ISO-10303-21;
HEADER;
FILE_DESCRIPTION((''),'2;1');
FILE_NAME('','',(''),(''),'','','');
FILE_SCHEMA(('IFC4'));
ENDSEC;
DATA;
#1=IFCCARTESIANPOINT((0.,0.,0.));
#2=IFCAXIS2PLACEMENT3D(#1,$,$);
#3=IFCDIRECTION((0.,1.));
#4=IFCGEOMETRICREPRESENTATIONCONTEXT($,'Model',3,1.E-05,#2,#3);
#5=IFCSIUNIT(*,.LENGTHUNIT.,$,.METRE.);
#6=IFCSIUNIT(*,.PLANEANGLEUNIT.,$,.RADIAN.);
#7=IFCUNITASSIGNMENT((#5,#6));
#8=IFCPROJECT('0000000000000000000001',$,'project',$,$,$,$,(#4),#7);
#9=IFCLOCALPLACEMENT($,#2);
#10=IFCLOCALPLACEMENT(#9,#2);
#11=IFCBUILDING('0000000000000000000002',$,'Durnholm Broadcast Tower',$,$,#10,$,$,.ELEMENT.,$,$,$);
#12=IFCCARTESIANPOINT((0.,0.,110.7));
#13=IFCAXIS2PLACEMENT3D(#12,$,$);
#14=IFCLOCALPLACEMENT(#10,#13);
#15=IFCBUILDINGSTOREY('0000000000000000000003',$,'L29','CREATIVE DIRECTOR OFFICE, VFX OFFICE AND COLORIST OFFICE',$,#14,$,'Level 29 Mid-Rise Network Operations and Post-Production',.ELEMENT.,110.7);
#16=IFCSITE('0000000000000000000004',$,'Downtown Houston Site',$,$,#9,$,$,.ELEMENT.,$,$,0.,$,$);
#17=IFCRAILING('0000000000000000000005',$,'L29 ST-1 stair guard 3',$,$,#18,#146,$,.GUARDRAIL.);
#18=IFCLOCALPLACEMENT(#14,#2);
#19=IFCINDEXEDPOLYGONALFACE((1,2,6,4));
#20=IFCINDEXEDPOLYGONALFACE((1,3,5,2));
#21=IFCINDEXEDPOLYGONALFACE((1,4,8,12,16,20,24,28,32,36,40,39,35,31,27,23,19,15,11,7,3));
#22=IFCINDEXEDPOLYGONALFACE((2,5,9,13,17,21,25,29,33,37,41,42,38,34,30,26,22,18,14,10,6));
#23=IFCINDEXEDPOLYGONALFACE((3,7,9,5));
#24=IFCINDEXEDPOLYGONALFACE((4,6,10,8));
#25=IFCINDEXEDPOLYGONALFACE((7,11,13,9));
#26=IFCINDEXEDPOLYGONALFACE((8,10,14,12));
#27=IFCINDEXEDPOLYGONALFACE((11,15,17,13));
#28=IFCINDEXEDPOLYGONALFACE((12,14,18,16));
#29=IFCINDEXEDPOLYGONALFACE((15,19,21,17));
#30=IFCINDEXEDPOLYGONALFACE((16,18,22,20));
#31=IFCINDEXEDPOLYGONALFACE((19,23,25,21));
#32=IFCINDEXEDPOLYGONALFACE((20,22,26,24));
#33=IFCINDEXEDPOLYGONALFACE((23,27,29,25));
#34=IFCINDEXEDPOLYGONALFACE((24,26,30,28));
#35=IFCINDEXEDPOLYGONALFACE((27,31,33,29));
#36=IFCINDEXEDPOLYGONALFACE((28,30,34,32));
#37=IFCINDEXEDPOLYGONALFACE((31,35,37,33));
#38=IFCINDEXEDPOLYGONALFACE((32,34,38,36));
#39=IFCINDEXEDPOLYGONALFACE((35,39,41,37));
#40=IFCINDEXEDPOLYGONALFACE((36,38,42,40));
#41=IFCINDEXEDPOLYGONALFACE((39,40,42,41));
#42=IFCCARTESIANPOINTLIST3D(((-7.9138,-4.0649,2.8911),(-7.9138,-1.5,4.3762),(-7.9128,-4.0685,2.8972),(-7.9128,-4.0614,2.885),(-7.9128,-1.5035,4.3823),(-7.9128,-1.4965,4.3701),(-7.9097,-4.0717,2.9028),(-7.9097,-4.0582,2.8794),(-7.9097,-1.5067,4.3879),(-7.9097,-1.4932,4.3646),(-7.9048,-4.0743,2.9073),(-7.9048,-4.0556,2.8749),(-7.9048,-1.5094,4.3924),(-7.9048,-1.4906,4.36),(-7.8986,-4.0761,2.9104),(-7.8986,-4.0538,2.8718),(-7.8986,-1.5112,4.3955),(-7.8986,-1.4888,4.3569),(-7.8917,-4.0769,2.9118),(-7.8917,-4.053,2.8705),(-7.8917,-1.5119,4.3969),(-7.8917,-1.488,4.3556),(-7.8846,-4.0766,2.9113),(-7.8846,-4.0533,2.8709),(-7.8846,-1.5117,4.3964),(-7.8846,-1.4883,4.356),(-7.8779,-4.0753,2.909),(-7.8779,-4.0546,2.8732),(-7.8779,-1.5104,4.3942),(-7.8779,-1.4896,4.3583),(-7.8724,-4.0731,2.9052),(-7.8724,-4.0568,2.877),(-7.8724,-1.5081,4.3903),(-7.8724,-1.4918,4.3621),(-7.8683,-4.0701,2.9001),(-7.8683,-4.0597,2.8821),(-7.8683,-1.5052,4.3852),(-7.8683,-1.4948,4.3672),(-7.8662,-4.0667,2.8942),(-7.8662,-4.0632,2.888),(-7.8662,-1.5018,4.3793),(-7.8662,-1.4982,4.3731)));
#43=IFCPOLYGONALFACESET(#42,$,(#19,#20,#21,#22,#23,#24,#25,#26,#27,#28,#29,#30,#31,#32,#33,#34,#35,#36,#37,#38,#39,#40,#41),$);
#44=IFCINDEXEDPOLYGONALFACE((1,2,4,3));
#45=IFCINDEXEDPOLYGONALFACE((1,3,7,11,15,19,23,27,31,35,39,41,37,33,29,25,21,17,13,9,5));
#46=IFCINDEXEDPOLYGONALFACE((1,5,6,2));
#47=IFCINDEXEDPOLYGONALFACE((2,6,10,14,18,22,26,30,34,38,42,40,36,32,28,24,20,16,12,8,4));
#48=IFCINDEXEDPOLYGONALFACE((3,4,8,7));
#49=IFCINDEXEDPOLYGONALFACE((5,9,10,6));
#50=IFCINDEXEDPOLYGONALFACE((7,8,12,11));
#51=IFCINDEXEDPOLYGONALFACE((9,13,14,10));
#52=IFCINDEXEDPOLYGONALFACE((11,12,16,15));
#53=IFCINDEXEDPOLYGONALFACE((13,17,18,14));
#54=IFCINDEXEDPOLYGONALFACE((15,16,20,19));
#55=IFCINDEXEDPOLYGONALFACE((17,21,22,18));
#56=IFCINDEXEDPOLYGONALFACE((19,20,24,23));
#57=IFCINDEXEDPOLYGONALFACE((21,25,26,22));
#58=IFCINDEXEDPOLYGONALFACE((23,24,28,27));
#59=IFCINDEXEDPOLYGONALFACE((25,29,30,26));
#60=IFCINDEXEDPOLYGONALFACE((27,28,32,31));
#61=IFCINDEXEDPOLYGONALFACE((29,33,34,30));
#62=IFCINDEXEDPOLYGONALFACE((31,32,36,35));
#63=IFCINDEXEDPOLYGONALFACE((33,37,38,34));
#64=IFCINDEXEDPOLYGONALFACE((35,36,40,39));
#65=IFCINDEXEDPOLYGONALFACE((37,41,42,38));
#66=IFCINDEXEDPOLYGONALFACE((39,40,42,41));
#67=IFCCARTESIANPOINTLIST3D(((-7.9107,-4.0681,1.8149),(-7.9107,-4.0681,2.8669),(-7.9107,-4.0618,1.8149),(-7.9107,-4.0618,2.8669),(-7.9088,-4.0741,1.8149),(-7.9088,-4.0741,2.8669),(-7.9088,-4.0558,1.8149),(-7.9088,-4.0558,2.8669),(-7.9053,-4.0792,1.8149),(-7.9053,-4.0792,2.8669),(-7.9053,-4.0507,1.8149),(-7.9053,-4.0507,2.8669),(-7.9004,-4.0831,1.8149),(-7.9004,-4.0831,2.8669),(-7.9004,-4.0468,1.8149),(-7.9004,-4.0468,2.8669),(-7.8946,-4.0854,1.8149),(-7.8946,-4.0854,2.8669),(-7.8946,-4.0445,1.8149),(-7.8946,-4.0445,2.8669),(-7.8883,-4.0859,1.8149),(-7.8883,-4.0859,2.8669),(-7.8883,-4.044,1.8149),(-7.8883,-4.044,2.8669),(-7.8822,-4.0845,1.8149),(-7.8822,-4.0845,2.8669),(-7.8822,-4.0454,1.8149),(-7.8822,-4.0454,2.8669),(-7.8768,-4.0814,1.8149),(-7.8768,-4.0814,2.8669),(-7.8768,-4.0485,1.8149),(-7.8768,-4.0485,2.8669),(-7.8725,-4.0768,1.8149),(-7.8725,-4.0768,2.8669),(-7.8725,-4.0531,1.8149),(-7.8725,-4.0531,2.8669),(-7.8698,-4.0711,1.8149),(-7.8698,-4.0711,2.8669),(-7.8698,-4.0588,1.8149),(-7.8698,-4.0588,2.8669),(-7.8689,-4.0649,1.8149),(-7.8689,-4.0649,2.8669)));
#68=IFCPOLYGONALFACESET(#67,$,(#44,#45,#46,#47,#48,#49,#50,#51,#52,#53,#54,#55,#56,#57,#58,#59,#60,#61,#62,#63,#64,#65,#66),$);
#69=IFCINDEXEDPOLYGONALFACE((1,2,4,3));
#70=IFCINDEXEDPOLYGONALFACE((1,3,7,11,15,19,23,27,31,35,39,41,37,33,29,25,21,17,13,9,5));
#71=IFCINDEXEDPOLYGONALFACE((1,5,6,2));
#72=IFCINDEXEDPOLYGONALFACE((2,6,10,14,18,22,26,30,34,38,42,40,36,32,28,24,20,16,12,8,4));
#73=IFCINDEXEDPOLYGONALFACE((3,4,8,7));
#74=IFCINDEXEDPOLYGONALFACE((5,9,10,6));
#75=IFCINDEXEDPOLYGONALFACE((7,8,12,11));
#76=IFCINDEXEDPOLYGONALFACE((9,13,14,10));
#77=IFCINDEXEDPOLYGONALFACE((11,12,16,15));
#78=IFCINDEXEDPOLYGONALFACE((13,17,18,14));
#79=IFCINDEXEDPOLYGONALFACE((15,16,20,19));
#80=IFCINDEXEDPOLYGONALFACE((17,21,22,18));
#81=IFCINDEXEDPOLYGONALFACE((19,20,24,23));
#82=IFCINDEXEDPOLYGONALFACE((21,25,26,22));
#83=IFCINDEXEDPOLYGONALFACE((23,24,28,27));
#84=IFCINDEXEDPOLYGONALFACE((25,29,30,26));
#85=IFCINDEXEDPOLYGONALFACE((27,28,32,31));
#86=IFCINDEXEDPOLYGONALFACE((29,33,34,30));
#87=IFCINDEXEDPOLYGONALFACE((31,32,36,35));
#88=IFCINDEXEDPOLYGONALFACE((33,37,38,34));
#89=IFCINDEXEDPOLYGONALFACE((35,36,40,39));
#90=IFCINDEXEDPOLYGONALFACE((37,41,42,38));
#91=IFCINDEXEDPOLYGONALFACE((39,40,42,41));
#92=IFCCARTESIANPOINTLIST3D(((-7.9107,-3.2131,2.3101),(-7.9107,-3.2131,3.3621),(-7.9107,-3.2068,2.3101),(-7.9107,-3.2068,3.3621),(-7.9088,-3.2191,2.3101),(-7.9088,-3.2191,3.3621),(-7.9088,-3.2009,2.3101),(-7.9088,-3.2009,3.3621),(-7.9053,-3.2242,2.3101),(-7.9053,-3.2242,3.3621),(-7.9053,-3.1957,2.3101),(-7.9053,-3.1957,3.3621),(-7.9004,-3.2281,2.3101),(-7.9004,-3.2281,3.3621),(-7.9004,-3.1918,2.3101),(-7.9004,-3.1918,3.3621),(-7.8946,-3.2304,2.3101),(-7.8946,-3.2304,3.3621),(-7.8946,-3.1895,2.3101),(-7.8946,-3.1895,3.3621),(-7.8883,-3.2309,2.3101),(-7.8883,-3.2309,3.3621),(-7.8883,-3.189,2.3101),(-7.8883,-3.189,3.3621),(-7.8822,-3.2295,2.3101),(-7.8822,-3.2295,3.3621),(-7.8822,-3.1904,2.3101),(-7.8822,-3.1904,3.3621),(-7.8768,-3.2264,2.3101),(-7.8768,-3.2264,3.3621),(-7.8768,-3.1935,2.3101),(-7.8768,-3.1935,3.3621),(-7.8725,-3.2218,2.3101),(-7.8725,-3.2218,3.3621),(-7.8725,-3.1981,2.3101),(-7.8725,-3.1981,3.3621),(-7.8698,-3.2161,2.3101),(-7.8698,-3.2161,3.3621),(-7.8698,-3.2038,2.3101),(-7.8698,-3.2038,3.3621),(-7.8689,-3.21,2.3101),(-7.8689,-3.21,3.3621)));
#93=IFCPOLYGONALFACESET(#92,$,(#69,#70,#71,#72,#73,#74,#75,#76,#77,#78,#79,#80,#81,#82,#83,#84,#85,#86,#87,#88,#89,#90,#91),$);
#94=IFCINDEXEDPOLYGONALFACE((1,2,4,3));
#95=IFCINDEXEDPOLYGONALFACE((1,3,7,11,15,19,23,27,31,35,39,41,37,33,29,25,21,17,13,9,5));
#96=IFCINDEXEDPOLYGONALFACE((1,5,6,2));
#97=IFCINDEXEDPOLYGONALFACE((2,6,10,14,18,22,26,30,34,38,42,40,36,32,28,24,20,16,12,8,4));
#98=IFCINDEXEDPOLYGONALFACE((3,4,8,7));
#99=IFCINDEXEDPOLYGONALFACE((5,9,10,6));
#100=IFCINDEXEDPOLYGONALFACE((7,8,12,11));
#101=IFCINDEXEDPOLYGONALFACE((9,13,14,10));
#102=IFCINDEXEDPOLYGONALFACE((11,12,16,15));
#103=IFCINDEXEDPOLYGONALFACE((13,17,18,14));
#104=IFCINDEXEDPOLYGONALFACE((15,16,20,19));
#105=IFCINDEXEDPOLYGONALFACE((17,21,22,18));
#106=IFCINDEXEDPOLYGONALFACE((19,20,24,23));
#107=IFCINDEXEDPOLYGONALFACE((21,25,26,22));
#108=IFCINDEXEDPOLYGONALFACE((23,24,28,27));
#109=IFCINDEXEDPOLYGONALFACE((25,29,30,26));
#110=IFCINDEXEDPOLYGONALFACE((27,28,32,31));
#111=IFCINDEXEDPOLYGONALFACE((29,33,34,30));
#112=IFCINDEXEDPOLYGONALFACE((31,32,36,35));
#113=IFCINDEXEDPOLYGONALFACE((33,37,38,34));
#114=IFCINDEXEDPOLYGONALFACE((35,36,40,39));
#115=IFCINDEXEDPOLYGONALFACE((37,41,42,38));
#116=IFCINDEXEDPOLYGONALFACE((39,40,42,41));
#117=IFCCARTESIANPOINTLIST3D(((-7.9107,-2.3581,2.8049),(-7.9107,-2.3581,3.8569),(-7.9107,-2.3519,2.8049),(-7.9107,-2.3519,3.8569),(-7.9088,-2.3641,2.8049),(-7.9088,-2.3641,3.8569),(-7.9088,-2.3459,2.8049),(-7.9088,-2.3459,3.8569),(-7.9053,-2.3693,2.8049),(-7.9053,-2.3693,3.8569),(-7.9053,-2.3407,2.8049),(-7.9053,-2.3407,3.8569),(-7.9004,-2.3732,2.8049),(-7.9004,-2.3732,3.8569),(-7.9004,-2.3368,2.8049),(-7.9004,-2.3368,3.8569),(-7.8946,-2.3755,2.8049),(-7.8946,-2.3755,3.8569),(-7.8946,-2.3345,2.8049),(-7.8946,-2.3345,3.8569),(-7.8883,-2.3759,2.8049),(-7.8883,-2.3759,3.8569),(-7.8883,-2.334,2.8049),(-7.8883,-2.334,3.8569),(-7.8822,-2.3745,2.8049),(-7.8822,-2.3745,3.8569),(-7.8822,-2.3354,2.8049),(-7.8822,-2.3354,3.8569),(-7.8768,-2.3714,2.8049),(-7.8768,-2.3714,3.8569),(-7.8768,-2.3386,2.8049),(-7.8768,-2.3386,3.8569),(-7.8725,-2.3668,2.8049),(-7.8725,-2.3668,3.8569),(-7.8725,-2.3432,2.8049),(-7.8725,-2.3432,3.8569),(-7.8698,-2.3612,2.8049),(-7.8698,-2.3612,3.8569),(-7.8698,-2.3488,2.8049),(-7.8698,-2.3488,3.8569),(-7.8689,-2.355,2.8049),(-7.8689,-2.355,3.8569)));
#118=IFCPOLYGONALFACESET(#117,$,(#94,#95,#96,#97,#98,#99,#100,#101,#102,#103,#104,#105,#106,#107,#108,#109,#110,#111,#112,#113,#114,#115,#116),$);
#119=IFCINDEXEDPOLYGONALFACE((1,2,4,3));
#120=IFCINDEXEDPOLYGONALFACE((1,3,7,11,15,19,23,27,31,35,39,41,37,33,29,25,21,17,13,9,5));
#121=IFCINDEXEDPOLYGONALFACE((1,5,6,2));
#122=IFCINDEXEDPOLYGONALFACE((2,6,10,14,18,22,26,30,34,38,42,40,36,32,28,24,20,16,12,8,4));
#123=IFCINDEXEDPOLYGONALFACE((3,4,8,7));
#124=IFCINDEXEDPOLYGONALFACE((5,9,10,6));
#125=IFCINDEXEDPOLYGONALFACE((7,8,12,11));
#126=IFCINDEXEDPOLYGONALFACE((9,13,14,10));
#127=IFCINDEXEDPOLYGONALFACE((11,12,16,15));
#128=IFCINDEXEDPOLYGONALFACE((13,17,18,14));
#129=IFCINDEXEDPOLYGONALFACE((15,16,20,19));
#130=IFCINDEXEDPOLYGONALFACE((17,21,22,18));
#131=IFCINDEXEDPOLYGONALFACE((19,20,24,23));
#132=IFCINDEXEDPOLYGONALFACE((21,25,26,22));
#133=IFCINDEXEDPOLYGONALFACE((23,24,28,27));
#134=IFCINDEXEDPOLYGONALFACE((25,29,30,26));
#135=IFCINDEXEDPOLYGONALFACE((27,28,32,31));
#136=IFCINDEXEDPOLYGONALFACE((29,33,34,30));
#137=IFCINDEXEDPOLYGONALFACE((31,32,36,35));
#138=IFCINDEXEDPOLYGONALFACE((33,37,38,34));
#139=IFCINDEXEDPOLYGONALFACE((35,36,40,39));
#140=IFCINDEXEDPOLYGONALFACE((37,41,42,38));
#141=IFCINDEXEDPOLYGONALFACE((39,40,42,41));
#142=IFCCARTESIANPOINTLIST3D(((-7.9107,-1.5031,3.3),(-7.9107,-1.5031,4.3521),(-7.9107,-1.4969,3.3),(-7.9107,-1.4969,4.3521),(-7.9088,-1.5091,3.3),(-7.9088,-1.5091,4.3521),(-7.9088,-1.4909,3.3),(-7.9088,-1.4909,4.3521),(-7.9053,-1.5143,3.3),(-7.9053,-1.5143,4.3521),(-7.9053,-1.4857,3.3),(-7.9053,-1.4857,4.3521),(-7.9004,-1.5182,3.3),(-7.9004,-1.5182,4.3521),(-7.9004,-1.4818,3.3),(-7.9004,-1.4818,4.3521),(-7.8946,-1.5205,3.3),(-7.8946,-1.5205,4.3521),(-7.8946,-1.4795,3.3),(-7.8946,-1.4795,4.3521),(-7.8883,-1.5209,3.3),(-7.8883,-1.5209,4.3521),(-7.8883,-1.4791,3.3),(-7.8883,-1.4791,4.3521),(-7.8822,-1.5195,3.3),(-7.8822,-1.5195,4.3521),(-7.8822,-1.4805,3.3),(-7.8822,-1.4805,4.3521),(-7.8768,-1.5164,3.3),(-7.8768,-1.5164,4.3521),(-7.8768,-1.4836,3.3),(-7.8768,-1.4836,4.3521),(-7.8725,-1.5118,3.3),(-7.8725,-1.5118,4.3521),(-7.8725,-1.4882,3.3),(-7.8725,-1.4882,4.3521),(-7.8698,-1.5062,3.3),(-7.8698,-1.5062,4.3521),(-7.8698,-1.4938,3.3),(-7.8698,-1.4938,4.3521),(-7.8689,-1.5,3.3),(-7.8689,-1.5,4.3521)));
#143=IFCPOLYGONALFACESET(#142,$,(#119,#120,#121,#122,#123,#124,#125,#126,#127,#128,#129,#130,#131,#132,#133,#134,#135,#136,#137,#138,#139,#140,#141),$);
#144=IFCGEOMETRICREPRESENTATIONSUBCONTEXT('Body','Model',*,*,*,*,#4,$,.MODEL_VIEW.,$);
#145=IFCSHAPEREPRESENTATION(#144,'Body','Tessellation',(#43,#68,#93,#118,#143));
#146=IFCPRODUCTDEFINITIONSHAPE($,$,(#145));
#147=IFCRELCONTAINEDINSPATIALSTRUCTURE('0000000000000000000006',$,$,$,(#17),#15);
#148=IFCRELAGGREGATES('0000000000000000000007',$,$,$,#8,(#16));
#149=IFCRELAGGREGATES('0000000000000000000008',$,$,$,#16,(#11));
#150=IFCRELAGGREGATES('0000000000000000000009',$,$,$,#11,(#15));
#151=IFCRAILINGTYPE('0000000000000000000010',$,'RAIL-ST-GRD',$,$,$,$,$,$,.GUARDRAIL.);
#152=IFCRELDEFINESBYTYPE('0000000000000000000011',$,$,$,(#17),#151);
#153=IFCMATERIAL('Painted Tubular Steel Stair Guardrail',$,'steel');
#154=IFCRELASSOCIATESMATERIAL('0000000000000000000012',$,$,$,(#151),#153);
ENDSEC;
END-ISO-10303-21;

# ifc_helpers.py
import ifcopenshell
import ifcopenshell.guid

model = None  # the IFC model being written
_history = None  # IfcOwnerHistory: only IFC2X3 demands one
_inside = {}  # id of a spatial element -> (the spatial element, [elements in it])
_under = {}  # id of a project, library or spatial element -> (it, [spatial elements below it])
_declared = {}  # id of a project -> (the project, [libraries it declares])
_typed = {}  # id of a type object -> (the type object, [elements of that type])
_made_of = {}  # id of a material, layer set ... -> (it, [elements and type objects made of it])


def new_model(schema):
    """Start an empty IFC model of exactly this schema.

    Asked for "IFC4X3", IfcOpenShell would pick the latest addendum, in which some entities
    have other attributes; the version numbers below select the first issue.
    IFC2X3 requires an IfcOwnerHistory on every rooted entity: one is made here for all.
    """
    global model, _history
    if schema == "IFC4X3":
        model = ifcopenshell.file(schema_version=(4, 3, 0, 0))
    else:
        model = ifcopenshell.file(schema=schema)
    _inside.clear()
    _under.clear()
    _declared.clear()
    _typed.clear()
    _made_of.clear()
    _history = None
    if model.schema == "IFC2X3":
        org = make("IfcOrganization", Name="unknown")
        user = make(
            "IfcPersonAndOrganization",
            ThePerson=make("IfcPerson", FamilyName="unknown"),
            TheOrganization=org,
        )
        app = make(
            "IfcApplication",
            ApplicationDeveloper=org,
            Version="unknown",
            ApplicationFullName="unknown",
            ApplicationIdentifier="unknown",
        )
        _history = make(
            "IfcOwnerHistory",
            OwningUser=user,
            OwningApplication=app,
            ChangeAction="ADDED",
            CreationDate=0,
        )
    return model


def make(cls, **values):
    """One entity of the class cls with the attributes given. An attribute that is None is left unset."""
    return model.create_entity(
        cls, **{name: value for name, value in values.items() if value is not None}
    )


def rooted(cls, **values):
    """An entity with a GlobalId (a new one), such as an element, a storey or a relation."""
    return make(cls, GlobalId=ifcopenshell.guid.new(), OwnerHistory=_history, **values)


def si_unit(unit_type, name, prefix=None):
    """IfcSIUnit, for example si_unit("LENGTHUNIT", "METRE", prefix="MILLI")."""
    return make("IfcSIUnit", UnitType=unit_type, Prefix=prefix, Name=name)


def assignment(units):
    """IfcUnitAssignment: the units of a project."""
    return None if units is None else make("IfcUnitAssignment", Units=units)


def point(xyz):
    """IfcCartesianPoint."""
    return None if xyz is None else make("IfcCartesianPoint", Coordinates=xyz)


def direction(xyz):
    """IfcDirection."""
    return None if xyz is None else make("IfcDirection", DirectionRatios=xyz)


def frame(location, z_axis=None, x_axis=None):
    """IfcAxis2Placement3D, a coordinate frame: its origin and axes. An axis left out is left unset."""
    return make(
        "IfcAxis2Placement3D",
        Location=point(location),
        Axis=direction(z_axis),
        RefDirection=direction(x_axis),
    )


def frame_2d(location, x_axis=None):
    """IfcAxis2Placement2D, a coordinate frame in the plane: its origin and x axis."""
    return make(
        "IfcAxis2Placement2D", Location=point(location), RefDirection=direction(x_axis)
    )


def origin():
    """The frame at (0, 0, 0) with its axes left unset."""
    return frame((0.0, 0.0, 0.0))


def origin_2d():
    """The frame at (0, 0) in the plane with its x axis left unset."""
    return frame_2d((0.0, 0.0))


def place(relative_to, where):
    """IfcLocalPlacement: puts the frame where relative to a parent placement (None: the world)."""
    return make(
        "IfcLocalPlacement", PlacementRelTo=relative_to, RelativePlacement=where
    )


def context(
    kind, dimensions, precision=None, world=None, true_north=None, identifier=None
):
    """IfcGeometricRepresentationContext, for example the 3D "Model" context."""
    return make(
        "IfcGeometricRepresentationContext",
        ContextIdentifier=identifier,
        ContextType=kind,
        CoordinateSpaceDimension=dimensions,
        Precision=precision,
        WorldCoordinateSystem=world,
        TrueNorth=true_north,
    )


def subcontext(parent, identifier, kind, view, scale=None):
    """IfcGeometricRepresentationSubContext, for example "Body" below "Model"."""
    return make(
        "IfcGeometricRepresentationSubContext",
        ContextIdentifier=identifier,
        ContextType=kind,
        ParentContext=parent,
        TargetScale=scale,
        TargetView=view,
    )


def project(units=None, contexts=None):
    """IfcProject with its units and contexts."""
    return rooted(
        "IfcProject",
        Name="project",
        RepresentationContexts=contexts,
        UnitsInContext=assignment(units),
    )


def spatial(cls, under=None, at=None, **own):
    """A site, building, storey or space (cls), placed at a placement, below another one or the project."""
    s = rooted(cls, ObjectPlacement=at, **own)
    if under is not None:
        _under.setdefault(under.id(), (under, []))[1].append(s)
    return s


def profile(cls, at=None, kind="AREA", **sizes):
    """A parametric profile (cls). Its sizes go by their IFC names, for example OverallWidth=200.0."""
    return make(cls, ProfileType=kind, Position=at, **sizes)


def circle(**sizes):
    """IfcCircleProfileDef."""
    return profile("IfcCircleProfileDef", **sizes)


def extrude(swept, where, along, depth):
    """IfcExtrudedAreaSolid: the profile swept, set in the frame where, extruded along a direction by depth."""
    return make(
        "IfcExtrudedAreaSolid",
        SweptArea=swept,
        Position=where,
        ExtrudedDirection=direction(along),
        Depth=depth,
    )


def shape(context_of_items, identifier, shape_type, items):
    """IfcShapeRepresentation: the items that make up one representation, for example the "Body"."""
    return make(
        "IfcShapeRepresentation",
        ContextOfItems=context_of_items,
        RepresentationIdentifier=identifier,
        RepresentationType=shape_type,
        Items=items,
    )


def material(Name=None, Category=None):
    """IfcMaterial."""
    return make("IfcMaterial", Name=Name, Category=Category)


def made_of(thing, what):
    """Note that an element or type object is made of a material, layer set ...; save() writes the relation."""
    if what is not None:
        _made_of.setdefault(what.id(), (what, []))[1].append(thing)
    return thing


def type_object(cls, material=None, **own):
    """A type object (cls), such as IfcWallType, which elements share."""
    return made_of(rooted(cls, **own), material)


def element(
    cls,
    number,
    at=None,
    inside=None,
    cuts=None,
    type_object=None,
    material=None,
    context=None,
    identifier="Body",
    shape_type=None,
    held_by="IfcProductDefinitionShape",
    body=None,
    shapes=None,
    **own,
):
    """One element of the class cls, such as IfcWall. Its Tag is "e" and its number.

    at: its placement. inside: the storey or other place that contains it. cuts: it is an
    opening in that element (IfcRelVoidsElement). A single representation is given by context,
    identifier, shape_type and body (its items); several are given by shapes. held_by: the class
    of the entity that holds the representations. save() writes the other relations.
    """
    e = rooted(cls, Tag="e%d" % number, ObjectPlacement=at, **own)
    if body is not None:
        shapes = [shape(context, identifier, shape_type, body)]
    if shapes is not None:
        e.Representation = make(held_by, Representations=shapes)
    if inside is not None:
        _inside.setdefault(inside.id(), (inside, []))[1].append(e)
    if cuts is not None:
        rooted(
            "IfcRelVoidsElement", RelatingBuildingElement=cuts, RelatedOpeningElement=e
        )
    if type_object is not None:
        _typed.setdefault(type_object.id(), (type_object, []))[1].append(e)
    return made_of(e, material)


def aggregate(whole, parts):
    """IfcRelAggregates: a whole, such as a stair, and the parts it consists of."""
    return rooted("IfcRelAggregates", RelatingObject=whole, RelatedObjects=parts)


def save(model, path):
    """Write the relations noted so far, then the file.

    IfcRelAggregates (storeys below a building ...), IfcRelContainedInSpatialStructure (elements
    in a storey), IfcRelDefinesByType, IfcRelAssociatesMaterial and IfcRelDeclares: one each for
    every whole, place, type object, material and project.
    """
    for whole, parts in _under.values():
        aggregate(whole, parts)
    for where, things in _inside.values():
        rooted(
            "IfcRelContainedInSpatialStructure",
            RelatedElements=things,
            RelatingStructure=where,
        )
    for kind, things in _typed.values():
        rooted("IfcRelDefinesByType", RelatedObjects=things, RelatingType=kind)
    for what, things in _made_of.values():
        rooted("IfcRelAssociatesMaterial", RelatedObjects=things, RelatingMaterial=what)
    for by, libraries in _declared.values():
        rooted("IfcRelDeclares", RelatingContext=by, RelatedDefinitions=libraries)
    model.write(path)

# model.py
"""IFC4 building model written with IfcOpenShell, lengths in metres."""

from ifc_helpers import new_model, si_unit, direction, frame, origin, origin_2d, place, context, subcontext, project, spatial, circle, extrude, material, type_object, element, save


model = new_model("IFC4")

# Units and contexts
model_context = context("Model", 3, precision=1e-05, world=origin(), true_north=direction((0.0, 1.0)))
body_context = subcontext(model_context, "Body", "Model", "MODEL_VIEW")
ifc_project = project(units=[si_unit("LENGTHUNIT", "METRE"), si_unit("PLANEANGLEUNIT", "RADIAN")], contexts=[model_context])

# Site, building, storey
site_placement = place(None, origin())
site = spatial("IfcSite", under=ifc_project, at=site_placement, Name="Downtown Houston Site", CompositionType="ELEMENT", RefElevation=0.0)
building_placement = place(site_placement, origin())
building = spatial("IfcBuilding", under=site, at=building_placement, Name="Durnholm Broadcast Tower", CompositionType="ELEMENT")
storey_placement = place(building_placement, frame((0.0, 0.0, 110.7)))
storey = spatial("IfcBuildingStorey", under=building, at=storey_placement, Name="L29", Description="CREATIVE DIRECTOR OFFICE, VFX OFFICE AND COLORIST OFFICE", LongName="Level 29 Mid-Rise Network Operations and Post-Production", CompositionType="ELEMENT", Elevation=110.7)

# Railing
ifc_material_1 = material(Name="Painted Tubular Steel Stair Guardrail", Category="steel")
railing_type_1 = type_object("IfcRailingType", Name="RAIL-ST-GRD", PredefinedType="GUARDRAIL", material=ifc_material_1)
railing_1_placement = place(storey_placement, frame((-7.8899, -4.0649, 1.8149)))
element("IfcRailing", 1, at=railing_1_placement, inside=storey, type_object=railing_type_1, Name="L29 ST-1 stair guard 3", PredefinedType="GUARDRAIL", context=body_context, shape_type="SweptSolid", body=[
    extrude(circle(Radius=0.0239, at=origin_2d()), frame((0.0, 0.0, 1.0762), z_axis=(0.0, 0.865406, 0.501072), x_axis=(-1.0, 0.0, 0.0)), (0.0, 0.0, 1.0), 2.9639),
    extrude(circle(Radius=0.021, at=origin_2d()), origin(), (0.0, 0.0, 1.0), 1.052),
    extrude(circle(Radius=0.021, at=origin_2d()), frame((0.0, 0.855, 0.4951)), (0.0, 0.0, 1.0), 1.052),
    extrude(circle(Radius=0.021, at=origin_2d()), frame((0.0, 1.71, 0.99)), (0.0, 0.0, 1.0), 1.052),
    extrude(circle(Radius=0.021, at=origin_2d()), frame((0.0, 2.5649, 1.4851)), (0.0, 0.0, 1.0), 1.052),
])

save(model, "model.ifc")
